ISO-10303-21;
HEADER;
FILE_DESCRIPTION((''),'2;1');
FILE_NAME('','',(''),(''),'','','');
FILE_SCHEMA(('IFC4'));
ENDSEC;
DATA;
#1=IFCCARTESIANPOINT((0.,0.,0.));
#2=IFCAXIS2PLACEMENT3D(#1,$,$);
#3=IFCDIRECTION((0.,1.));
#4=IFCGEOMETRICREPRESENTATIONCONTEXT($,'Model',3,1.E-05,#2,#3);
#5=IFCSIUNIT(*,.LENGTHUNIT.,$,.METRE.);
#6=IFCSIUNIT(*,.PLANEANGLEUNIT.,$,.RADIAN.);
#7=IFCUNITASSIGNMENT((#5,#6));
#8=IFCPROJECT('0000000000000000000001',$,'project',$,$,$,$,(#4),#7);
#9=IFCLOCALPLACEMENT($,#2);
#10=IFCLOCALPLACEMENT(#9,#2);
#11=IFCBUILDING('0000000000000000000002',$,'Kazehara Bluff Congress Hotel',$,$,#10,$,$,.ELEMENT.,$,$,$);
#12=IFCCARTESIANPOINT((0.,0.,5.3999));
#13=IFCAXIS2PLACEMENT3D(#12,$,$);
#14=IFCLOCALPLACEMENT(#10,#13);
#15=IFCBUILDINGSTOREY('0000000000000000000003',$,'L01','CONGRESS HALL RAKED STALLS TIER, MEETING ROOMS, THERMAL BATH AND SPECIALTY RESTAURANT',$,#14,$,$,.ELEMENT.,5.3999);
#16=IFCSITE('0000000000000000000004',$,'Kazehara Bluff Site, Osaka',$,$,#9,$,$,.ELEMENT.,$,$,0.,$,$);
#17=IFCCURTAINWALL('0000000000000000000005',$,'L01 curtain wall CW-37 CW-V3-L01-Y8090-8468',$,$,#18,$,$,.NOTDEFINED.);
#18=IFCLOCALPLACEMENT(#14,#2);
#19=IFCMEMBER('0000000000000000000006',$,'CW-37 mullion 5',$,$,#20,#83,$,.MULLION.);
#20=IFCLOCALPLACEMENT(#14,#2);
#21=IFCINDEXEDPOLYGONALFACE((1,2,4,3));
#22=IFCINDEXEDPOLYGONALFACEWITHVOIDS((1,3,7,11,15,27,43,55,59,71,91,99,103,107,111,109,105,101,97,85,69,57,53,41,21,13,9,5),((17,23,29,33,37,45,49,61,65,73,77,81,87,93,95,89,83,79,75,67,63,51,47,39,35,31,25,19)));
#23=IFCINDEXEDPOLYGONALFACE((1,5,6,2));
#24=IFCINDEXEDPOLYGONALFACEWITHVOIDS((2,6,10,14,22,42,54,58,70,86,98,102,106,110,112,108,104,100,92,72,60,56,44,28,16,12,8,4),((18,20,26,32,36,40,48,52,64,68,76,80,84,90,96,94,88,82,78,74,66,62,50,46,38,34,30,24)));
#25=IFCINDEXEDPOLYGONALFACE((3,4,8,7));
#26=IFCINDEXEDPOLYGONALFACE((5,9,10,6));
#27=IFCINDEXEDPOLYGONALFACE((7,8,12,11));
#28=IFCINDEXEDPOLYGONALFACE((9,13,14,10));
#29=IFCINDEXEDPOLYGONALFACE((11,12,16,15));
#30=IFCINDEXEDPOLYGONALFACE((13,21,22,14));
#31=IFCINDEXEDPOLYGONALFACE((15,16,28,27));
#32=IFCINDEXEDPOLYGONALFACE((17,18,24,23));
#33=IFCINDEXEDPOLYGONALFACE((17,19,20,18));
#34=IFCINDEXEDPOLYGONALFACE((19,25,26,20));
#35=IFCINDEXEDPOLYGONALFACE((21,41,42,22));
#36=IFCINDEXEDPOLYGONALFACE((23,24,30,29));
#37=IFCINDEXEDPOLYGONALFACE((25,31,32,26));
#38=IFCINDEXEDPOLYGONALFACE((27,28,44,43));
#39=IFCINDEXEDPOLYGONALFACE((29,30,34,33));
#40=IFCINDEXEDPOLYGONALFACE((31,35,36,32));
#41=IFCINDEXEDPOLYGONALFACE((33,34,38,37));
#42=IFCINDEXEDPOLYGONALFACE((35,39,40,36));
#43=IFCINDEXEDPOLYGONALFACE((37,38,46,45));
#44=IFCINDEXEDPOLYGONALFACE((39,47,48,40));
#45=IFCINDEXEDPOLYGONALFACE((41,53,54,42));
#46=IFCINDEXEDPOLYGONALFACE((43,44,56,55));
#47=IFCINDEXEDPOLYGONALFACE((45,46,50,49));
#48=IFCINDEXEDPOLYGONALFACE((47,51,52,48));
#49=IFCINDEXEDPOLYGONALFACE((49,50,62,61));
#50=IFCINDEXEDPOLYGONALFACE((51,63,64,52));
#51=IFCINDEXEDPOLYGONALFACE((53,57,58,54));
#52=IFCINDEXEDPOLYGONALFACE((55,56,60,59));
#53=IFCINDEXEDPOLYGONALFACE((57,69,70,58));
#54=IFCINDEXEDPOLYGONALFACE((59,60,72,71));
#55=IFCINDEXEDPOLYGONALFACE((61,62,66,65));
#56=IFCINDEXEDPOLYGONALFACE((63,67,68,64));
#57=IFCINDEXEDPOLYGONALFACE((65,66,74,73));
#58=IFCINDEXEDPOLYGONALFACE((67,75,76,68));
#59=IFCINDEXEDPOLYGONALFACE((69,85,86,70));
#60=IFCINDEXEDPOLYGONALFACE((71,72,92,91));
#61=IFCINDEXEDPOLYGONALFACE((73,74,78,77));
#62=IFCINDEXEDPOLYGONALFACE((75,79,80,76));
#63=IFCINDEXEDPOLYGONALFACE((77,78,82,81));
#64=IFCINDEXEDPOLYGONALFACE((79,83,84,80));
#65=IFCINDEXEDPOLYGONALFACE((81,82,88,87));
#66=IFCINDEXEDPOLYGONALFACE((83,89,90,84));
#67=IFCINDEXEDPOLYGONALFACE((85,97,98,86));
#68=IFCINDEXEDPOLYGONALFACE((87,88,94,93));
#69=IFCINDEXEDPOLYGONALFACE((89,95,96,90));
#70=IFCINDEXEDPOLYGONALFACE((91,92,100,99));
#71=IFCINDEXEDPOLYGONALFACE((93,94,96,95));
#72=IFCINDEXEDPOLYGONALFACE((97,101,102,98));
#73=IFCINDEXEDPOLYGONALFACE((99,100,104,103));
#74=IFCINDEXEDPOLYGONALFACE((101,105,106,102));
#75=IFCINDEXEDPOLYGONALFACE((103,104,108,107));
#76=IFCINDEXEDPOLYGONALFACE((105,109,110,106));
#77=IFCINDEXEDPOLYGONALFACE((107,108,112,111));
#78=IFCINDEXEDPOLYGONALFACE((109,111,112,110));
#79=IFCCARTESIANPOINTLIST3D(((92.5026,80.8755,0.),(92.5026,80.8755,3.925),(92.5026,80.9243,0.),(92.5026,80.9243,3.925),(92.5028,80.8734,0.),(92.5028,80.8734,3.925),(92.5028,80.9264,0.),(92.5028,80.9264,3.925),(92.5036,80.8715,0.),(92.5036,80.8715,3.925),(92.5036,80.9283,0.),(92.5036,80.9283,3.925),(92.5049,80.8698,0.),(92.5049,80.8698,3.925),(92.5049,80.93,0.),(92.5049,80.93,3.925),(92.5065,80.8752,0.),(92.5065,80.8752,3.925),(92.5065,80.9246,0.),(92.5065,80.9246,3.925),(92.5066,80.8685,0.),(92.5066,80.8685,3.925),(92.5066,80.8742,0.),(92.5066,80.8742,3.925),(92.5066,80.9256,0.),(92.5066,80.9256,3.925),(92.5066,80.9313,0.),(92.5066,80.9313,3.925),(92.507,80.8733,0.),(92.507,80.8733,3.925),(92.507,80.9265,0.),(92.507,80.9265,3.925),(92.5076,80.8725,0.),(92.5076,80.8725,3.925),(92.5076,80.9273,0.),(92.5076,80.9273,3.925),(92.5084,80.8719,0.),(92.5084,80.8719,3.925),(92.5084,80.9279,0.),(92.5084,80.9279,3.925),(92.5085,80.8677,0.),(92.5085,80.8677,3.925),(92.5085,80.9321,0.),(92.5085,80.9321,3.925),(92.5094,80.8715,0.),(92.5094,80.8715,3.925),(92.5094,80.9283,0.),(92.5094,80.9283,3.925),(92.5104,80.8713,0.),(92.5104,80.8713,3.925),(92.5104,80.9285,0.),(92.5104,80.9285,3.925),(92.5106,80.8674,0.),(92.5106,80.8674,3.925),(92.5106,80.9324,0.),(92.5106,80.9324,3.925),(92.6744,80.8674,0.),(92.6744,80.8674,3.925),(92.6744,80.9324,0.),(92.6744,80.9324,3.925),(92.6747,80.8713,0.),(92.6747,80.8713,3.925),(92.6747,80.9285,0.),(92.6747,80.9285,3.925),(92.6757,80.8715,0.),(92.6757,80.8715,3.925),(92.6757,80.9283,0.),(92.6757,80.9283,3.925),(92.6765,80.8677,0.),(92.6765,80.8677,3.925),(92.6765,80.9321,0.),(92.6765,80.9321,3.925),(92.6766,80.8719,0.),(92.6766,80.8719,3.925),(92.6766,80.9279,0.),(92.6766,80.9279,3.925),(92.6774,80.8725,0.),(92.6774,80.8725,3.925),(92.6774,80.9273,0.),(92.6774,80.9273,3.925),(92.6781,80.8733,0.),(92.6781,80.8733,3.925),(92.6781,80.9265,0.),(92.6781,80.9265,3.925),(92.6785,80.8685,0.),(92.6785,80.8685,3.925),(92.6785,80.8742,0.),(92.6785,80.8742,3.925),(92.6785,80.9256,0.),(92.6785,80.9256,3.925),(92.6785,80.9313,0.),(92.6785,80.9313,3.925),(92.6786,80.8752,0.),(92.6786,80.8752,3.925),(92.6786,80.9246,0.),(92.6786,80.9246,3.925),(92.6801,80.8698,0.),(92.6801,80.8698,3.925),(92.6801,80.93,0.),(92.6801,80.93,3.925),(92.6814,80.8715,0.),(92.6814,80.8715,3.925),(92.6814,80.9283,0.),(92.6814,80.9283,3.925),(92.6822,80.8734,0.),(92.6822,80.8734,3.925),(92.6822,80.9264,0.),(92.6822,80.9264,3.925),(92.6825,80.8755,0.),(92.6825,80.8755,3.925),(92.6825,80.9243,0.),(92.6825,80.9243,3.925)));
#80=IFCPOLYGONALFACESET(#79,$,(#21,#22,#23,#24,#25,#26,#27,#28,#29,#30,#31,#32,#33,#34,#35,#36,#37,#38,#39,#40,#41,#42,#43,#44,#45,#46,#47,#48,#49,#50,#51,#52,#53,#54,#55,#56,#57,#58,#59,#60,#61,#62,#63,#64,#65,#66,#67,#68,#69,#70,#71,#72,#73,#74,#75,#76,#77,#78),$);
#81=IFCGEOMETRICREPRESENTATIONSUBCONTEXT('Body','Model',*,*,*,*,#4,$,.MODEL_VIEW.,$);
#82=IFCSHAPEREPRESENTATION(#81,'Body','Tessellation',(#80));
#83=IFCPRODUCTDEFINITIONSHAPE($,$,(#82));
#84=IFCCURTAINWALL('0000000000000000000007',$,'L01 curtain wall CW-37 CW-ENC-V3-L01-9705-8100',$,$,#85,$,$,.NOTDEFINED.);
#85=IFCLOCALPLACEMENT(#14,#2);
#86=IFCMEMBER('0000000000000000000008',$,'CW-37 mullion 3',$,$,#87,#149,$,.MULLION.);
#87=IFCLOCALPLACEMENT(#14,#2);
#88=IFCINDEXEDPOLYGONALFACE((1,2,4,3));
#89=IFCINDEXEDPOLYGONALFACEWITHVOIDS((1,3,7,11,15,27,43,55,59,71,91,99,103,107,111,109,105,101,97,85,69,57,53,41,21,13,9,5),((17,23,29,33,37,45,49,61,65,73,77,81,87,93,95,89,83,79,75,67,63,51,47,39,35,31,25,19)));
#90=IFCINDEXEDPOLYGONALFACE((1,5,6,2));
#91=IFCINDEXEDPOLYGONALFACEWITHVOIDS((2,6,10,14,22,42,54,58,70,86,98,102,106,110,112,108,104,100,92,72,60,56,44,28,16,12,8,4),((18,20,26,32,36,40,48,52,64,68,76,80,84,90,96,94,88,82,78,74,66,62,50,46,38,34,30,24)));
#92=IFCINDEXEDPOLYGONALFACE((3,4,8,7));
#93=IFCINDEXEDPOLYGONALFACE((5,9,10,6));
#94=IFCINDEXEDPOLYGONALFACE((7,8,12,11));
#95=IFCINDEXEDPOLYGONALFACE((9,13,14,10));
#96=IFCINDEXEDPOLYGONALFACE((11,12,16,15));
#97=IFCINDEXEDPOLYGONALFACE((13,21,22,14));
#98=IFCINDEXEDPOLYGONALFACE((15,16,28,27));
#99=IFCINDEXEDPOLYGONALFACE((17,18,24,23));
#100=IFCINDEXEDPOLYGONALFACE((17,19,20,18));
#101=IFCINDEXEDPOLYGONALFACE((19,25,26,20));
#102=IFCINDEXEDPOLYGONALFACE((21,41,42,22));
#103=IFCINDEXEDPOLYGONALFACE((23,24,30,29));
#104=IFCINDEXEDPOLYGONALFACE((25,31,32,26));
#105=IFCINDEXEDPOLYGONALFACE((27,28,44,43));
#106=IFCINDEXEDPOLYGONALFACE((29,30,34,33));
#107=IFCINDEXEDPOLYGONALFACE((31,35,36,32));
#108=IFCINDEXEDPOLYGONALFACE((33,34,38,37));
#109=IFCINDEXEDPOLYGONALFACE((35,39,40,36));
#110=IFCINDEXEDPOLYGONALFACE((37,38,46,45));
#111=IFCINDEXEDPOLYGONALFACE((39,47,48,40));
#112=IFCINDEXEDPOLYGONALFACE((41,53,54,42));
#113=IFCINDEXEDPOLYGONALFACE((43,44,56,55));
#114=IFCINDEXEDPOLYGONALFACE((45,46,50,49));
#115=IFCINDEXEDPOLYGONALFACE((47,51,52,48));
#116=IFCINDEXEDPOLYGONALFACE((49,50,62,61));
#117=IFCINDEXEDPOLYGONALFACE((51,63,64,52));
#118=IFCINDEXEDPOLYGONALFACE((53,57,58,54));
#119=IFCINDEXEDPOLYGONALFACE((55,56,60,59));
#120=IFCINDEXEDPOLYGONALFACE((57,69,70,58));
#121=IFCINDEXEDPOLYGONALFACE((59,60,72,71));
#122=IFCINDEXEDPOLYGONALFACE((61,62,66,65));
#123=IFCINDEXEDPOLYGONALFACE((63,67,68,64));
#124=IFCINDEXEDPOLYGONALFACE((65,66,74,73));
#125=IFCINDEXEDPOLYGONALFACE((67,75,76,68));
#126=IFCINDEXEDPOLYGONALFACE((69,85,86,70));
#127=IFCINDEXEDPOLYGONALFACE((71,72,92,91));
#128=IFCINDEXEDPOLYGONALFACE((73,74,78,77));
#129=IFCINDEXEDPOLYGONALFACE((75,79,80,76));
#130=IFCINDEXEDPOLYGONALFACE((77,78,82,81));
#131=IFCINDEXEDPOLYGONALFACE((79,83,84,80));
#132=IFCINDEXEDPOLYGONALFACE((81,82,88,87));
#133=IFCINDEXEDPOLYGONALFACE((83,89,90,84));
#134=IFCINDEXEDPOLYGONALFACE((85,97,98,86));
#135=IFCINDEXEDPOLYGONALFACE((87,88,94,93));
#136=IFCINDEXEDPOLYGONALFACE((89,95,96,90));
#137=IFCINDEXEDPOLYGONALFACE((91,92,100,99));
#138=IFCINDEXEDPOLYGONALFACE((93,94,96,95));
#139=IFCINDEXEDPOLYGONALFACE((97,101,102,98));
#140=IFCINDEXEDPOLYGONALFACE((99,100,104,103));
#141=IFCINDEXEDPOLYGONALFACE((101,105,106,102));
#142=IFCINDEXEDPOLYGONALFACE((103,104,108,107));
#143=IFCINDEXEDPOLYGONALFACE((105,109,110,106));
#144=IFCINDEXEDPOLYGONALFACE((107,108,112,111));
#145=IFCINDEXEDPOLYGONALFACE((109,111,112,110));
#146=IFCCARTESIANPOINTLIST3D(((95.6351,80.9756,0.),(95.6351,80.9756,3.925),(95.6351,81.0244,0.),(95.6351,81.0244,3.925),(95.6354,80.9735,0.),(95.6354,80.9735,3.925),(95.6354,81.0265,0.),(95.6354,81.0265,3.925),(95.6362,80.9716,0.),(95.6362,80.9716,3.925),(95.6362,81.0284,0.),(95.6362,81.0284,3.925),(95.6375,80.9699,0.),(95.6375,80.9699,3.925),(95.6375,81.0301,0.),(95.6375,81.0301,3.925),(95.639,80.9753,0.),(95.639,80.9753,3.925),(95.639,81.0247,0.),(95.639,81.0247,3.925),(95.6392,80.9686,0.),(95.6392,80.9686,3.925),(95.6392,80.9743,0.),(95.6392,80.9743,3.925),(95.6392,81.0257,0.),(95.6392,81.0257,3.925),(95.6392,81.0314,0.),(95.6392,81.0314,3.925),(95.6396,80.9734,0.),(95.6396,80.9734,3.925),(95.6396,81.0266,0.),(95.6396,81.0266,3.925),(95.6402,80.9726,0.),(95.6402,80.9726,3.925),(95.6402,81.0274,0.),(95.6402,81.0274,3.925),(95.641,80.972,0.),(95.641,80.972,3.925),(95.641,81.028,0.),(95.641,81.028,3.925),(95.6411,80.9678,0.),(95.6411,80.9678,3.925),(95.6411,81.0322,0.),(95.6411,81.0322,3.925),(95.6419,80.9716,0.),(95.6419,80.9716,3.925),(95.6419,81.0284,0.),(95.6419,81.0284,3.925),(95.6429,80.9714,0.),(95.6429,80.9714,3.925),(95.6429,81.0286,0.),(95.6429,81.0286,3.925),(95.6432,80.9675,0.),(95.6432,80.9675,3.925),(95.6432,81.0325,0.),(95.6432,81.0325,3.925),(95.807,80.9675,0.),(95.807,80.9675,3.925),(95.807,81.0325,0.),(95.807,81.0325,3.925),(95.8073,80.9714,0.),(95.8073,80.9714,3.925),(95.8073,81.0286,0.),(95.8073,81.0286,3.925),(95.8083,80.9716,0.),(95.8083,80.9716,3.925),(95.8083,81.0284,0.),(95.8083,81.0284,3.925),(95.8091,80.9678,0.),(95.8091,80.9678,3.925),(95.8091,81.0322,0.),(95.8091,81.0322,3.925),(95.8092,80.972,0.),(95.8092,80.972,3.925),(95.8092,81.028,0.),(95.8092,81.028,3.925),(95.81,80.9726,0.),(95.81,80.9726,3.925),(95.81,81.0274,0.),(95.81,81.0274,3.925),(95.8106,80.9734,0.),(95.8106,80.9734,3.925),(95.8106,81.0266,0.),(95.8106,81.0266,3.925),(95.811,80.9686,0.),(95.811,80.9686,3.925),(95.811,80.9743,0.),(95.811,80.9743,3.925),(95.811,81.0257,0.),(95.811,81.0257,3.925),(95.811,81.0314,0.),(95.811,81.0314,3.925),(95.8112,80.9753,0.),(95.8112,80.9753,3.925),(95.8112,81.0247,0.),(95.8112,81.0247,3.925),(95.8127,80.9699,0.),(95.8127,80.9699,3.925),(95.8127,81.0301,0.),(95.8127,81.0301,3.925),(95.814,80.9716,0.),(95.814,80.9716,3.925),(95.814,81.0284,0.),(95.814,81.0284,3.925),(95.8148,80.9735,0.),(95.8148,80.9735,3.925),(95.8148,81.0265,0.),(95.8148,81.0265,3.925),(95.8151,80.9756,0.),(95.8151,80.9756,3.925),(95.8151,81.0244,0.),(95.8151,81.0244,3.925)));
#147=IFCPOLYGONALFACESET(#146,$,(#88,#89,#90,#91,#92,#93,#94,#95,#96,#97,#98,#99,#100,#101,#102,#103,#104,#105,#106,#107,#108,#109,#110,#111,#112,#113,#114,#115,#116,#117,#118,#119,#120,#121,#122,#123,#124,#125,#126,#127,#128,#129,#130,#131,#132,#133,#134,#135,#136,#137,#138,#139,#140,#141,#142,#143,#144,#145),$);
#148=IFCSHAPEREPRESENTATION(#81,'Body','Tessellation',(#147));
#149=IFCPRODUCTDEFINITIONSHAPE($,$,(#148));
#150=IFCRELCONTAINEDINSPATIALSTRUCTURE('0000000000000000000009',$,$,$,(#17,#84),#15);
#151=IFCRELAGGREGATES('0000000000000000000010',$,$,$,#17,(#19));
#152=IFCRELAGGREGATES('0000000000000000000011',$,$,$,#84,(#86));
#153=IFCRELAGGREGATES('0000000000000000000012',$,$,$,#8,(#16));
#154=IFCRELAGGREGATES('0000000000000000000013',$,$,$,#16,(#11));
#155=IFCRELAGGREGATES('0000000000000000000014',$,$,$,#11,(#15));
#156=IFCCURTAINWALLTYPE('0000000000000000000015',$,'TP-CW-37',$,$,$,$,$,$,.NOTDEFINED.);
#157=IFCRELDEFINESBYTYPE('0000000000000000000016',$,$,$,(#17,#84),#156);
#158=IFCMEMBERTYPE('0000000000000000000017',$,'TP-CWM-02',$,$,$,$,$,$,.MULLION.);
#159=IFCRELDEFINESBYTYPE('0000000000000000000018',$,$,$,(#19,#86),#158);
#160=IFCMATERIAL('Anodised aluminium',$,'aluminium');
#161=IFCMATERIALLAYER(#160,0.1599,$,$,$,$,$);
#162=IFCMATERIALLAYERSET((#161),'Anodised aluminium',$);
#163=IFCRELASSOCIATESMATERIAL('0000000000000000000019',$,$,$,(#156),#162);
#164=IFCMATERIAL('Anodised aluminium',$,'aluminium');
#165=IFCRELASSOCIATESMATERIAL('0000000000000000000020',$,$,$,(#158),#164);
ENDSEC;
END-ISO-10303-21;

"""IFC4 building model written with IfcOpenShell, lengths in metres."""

from ifc_helpers import new_model, si_unit, direction, frame, origin, origin_2d, place, context, subcontext, project, spatial, hollow_rectangle, extrude, material, layer, layer_set, material_profile, profile_set, type_object, element, aggregate, save


model = new_model("IFC4")

# Units and contexts
model_context = context("Model", 3, precision=1e-05, world=origin(), true_north=direction((0.0, 1.0)))
body_context = subcontext(model_context, "Body", "Model", "MODEL_VIEW")
ifc_project = project(units=[si_unit("LENGTHUNIT", "METRE"), si_unit("PLANEANGLEUNIT", "RADIAN")], contexts=[model_context])

# Site, building, storey
site_placement = place(None, origin())
site = spatial("IfcSite", under=ifc_project, at=site_placement, Name="Kazehara Bluff Site, Osaka", CompositionType="ELEMENT", RefElevation=0.0)
building_placement = place(site_placement, origin())
building = spatial("IfcBuilding", under=site, at=building_placement, Name="Kazehara Bluff Congress Hotel", CompositionType="ELEMENT")
storey_placement = place(building_placement, frame((0.0, 0.0, 5.3999)))
storey = spatial("IfcBuildingStorey", under=building, at=storey_placement, Name="L01", Description="CONGRESS HALL RAKED STALLS TIER, MEETING ROOMS, THERMAL BATH AND SPECIALTY RESTAURANT", CompositionType="ELEMENT", Elevation=5.3999)

# Curtain walls, members
ifc_material_1 = material(Name="Anodised aluminium", Category="aluminium")
ifc_layer_1 = layer(ifc_material_1, 0.1599)
ifc_layer_set_1 = layer_set([ifc_layer_1], Name="Anodised aluminium")
curtain_wall_type = type_object("IfcCurtainWallType", Name="TP-CW-37", PredefinedType="NOTDEFINED", material=ifc_layer_set_1)
curtain_wall_1_placement = place(storey_placement, origin())
curtain_wall_1 = element("IfcCurtainWall", 1, at=curtain_wall_1_placement, inside=storey, type_object=curtain_wall_type, Name="L01 curtain wall CW-37 CW-V3-L01-Y8090-8468", PredefinedType="NOTDEFINED")
ifc_material_2 = material(Name="Anodised aluminium", Category="aluminium")
ifc_material_profile_1 = material_profile(ifc_material_2, hollow_rectangle(XDim=0.0649, YDim=0.1799, WallThickness=0.0039, InnerFilletRadius=0.0039, OuterFilletRadius=0.0081, at=origin_2d()))
ifc_profile_set_1 = profile_set([ifc_material_profile_1], Name="Anodised aluminium")
member_type_1 = type_object("IfcMemberType", Name="TP-CWM-02", PredefinedType="MULLION", material=ifc_profile_set_1)
member_1_placement = place(storey_placement, frame((92.5925, 80.8999, 0.0), z_axis=(0.0, 0.0, 1.0), x_axis=(0.0, 1.0, 0.0)))
member_1 = element("IfcMember", 2, at=member_1_placement, type_object=member_type_1, Name="CW-37 mullion 5", PredefinedType="MULLION", context=body_context, shape_type="SweptSolid", body=[
    extrude(hollow_rectangle(XDim=0.0649, YDim=0.1799, WallThickness=0.0039, InnerFilletRadius=0.0039, OuterFilletRadius=0.0081, at=origin_2d()), origin(), (0.0, 0.0, 1.0), 3.925),
])
curtain_wall_2_placement = place(storey_placement, origin())
curtain_wall_2 = element("IfcCurtainWall", 3, at=curtain_wall_2_placement, inside=storey, type_object=curtain_wall_type, Name="L01 curtain wall CW-37 CW-ENC-V3-L01-9705-8100", PredefinedType="NOTDEFINED")
member_2_placement = place(storey_placement, frame((95.7251, 81.0, 0.0), z_axis=(0.0, 0.0, 1.0), x_axis=(0.0, -1.0, 0.0)))
member_2 = element("IfcMember", 4, at=member_2_placement, type_object=member_type_1, Name="CW-37 mullion 3", PredefinedType="MULLION", context=body_context, shape_type="SweptSolid", body=[
    extrude(hollow_rectangle(XDim=0.0649, YDim=0.1799, WallThickness=0.0039, InnerFilletRadius=0.0039, OuterFilletRadius=0.0081, at=origin_2d()), origin(), (0.0, 0.0, 1.0), 3.925),
])

aggregate(curtain_wall_1, [member_1])
aggregate(curtain_wall_2, [member_2])

save(model, "model.ifc")
